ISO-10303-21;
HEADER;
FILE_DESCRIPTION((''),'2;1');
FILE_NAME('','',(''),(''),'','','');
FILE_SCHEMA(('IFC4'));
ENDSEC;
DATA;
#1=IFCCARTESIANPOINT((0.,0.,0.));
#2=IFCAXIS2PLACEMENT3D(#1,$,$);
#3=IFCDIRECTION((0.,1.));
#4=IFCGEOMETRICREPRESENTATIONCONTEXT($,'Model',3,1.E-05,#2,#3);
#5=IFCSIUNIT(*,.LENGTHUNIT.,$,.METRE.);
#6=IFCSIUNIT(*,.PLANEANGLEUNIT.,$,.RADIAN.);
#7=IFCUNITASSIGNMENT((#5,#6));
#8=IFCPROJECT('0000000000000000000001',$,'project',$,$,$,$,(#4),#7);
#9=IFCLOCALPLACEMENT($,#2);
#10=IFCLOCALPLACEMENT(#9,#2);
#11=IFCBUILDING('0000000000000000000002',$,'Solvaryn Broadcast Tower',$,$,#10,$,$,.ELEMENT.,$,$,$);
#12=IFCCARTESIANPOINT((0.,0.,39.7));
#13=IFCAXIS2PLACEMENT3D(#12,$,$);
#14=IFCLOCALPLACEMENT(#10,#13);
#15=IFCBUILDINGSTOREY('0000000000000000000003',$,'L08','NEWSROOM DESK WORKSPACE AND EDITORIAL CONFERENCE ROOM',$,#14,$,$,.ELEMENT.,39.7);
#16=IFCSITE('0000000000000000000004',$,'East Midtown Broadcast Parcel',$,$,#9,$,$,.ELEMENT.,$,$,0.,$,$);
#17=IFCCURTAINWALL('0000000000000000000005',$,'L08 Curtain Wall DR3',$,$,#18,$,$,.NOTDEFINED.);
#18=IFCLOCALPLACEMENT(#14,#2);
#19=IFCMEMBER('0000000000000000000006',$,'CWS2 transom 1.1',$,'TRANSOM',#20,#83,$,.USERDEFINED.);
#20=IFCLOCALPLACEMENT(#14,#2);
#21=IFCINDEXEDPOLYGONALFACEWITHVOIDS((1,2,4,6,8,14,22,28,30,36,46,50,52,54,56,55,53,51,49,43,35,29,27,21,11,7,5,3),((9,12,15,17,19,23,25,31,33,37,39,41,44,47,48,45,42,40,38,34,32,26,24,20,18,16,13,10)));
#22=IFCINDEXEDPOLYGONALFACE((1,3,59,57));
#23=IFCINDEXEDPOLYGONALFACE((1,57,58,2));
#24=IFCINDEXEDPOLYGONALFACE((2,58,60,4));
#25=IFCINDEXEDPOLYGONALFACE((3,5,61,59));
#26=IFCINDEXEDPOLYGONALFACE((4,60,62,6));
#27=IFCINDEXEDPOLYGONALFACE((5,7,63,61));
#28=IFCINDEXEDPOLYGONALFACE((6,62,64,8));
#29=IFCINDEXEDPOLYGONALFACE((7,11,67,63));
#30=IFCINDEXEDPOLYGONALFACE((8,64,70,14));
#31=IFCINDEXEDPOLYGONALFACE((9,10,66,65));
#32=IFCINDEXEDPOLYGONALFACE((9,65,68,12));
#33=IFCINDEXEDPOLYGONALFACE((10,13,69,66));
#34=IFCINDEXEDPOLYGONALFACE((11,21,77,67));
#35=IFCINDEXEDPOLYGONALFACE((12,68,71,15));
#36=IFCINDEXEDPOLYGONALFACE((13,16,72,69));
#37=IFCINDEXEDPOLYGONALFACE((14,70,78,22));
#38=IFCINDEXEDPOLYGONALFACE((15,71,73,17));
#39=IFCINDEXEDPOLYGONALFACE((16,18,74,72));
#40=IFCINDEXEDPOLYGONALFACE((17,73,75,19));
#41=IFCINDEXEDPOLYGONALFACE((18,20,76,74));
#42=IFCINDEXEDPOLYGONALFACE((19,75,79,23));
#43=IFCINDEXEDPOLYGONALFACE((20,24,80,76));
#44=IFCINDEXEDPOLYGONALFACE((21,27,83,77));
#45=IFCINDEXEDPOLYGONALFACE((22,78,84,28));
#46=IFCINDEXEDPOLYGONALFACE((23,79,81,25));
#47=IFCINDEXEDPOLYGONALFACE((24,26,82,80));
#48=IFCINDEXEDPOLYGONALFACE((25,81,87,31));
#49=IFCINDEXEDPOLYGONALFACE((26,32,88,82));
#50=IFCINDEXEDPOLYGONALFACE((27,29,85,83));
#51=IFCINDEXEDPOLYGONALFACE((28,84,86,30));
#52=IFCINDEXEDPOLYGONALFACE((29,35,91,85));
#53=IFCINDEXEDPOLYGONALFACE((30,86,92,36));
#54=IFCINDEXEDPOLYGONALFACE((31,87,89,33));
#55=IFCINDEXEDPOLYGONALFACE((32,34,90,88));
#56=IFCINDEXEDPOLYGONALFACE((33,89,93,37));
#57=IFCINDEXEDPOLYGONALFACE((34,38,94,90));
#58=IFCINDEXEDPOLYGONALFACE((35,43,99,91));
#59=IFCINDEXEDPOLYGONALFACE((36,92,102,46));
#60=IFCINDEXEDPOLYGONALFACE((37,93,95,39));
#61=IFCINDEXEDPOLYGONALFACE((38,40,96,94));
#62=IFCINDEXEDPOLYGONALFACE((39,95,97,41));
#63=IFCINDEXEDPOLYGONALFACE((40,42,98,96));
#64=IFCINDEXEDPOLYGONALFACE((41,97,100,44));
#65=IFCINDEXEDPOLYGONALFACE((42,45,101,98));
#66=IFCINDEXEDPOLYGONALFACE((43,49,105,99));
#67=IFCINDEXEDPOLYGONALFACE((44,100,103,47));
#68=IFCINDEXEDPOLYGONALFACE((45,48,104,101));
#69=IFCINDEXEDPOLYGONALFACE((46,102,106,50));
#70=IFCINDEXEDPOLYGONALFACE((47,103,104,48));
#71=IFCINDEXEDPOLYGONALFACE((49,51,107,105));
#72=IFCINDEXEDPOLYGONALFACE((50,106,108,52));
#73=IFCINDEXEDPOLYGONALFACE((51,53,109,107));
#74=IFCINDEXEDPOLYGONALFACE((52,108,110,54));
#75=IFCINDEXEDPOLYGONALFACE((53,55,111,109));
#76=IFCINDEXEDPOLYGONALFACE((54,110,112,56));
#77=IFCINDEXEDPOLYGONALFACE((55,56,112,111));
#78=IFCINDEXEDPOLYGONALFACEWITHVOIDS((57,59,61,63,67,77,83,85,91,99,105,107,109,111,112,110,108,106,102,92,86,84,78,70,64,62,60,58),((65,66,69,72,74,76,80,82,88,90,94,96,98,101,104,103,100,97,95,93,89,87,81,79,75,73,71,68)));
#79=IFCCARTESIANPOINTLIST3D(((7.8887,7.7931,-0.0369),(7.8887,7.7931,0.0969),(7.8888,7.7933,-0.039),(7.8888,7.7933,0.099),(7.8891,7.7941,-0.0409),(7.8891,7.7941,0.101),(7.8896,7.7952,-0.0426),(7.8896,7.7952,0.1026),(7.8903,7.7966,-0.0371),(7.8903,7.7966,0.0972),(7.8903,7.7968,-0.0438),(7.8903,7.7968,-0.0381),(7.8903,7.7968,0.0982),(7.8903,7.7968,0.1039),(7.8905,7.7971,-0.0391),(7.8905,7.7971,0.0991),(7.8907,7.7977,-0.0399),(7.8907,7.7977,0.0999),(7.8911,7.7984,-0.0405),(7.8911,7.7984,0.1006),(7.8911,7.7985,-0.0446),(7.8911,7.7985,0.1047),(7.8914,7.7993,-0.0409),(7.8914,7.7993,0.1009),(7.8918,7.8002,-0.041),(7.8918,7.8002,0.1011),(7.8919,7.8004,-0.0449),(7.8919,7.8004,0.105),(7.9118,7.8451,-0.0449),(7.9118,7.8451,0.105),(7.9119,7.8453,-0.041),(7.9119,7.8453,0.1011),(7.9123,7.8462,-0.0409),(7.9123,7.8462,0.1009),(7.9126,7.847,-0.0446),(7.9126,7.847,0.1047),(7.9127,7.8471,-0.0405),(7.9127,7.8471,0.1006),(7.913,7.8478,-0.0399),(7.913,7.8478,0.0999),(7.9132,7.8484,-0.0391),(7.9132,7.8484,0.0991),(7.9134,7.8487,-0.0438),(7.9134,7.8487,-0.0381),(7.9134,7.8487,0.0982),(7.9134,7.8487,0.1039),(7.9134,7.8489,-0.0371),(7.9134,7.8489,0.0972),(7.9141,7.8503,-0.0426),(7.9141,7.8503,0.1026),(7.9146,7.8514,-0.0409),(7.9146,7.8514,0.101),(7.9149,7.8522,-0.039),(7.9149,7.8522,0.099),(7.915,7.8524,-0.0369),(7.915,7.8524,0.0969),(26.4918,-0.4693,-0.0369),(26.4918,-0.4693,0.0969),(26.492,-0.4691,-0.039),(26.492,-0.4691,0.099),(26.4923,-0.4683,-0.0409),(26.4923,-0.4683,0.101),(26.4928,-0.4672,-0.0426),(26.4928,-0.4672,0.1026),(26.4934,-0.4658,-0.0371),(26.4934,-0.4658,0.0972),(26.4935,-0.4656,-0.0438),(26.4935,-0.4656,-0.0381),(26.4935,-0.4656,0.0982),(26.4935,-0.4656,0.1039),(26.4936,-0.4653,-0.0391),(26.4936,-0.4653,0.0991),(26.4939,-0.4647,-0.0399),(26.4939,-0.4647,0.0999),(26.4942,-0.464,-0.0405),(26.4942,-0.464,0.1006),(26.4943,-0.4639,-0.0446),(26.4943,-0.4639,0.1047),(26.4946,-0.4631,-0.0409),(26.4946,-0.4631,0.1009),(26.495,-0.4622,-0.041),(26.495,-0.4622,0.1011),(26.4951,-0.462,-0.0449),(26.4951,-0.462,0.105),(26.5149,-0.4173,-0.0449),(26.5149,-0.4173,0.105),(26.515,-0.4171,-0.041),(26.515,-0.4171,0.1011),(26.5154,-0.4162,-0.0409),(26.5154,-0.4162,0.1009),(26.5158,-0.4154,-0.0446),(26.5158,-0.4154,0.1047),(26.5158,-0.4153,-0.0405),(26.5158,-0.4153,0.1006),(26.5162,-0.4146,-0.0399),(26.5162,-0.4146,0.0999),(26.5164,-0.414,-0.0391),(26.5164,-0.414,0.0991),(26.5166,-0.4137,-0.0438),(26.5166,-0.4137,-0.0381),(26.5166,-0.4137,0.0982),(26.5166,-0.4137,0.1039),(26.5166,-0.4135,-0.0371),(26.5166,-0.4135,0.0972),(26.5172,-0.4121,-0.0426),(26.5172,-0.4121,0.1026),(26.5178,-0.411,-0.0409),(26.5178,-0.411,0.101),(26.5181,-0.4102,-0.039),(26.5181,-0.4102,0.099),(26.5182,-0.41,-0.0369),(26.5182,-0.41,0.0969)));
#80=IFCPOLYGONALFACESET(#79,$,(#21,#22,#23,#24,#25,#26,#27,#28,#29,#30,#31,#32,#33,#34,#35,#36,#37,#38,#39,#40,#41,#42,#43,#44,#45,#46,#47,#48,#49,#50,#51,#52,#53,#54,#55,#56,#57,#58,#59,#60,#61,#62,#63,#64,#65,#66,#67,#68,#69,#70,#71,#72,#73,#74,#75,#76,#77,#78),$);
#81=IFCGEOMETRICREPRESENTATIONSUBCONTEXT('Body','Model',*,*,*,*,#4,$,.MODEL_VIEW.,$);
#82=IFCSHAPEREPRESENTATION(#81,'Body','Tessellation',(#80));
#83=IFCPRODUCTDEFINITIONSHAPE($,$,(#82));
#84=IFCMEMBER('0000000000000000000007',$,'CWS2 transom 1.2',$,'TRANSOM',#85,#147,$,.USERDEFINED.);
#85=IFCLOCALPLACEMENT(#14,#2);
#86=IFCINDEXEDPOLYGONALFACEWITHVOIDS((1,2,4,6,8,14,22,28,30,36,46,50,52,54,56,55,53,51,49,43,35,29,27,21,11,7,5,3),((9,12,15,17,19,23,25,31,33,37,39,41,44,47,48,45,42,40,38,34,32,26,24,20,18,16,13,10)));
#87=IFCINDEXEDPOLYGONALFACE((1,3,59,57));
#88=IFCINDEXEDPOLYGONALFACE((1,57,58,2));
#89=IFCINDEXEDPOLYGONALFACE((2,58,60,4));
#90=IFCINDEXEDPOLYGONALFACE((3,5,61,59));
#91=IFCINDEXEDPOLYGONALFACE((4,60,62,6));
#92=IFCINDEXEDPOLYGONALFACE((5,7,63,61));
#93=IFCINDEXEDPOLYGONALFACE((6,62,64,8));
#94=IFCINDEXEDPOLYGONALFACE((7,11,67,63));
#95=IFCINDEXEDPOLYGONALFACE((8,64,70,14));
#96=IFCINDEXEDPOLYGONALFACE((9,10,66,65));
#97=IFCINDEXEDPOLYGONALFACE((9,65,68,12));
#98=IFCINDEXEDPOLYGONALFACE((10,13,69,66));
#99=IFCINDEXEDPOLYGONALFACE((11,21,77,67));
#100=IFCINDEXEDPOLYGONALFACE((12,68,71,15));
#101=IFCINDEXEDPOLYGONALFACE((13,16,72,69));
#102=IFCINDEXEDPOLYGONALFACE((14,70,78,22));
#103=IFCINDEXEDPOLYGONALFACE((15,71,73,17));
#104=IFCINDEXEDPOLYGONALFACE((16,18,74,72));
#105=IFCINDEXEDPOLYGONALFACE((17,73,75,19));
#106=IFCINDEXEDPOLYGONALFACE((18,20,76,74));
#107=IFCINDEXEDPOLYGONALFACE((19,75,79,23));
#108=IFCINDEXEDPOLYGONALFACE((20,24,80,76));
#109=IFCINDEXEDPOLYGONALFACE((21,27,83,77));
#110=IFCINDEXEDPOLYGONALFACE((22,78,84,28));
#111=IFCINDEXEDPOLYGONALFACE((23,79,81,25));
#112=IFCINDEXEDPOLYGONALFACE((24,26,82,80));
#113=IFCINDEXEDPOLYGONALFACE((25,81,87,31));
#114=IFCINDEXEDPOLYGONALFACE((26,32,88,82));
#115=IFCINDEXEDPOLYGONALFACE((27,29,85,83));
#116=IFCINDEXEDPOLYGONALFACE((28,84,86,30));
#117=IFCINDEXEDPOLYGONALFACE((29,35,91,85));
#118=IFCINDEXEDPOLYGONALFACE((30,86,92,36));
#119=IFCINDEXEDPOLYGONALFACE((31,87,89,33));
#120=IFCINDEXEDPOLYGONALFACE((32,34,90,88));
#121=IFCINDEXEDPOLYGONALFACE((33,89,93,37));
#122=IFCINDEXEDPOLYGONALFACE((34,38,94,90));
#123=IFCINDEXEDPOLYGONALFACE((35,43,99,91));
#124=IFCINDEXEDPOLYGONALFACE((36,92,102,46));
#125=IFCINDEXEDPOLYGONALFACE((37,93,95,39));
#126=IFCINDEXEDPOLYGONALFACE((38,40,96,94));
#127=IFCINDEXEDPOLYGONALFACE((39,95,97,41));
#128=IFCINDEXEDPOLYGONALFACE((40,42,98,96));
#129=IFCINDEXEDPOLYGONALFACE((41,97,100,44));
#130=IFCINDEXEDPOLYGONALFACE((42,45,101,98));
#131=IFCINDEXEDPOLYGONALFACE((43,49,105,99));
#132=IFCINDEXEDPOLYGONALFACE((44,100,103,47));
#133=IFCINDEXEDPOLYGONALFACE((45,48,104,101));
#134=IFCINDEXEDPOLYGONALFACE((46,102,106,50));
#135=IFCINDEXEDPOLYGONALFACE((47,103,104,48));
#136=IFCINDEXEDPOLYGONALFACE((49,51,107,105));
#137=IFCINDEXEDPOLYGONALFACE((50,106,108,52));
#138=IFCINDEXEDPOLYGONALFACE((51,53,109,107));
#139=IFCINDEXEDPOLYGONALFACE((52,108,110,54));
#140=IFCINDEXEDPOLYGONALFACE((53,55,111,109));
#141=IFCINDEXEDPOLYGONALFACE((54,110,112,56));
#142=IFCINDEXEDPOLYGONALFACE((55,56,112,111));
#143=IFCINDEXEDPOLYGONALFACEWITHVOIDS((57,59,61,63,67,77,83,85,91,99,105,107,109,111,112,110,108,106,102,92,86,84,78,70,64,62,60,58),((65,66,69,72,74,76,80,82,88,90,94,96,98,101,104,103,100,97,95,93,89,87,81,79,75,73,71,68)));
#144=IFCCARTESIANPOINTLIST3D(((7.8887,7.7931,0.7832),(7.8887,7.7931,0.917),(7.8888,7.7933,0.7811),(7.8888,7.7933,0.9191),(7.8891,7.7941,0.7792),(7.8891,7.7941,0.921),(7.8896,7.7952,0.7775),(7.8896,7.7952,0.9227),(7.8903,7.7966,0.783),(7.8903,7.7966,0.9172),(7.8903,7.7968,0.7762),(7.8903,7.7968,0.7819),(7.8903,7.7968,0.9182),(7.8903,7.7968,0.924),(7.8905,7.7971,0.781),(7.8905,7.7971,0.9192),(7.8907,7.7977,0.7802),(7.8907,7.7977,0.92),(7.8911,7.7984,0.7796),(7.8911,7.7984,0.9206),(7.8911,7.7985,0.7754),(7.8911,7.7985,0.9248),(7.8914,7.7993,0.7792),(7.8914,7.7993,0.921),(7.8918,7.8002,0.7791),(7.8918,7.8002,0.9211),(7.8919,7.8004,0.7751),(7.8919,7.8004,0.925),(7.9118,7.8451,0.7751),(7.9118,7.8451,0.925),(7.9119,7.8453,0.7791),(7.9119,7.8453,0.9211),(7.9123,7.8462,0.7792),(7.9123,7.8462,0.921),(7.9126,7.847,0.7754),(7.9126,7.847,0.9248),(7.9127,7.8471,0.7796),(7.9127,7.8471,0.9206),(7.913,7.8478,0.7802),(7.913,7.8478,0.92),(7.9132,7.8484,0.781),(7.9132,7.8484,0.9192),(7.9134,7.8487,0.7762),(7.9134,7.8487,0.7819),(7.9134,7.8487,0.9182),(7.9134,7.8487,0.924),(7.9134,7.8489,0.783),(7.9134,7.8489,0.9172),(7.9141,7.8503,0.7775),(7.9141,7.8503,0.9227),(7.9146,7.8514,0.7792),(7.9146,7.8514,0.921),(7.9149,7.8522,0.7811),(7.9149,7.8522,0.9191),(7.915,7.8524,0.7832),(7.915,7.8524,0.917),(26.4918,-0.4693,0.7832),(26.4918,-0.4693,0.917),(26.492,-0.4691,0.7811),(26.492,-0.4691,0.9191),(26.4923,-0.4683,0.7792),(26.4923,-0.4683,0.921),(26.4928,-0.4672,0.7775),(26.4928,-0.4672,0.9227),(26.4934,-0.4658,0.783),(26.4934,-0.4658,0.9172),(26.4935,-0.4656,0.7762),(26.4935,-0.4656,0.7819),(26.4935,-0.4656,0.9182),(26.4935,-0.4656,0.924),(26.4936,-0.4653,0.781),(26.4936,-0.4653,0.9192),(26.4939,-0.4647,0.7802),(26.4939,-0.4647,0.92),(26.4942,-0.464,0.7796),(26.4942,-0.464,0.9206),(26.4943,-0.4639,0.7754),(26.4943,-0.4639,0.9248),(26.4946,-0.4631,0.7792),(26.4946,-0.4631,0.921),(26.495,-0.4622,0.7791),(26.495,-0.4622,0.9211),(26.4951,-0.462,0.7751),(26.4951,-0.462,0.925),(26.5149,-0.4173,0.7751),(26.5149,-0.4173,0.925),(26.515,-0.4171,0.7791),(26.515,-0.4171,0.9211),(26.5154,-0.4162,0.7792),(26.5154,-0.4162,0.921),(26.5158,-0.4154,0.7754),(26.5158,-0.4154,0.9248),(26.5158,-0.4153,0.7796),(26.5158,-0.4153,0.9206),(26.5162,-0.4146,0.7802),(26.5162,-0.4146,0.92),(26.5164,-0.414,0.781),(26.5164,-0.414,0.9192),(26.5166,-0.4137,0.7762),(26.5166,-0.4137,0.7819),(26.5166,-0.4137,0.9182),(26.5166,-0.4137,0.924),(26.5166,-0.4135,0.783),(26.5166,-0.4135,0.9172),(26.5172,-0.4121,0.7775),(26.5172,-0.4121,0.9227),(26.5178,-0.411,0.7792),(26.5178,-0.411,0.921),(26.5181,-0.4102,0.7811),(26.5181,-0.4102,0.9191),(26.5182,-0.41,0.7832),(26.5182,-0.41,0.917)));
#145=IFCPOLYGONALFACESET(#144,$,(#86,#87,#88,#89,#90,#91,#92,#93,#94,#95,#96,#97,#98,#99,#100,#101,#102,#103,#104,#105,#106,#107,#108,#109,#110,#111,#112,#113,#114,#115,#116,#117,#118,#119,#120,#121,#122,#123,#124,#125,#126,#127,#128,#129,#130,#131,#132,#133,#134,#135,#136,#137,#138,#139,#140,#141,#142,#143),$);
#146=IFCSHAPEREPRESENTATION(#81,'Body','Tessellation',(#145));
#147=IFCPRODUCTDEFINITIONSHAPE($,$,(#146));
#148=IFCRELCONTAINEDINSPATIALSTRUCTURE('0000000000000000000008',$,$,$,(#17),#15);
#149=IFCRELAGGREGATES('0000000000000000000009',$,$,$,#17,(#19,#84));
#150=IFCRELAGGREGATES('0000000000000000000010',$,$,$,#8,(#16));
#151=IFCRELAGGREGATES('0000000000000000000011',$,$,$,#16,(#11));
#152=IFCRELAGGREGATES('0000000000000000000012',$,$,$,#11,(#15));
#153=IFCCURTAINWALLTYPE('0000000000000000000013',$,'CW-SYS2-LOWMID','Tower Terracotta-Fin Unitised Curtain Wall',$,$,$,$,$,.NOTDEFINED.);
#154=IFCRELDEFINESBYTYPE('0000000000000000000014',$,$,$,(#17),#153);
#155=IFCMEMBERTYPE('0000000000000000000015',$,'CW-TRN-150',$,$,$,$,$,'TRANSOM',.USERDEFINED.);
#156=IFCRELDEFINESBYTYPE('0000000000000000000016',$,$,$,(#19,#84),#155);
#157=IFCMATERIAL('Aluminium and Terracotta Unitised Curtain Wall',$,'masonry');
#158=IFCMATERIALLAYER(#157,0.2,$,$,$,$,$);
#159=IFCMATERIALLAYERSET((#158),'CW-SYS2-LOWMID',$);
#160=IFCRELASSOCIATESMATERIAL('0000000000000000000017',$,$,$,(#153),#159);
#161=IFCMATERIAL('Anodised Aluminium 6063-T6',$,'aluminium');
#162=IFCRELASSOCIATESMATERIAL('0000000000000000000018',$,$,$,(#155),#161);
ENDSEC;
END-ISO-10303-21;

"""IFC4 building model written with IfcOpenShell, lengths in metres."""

from ifc_helpers import new_model, si_unit, direction, frame, origin, origin_2d, place, context, subcontext, project, spatial, hollow_rectangle, extrude, material, layer, layer_set, material_profile, profile_set, type_object, element, aggregate, save


model = new_model("IFC4")

# Units and contexts
model_context = context("Model", 3, precision=1e-05, world=origin(), true_north=direction((0.0, 1.0)))
body_context = subcontext(model_context, "Body", "Model", "MODEL_VIEW")
ifc_project = project(units=[si_unit("LENGTHUNIT", "METRE"), si_unit("PLANEANGLEUNIT", "RADIAN")], contexts=[model_context])

# Site, building, storey
site_placement = place(None, origin())
site = spatial("IfcSite", under=ifc_project, at=site_placement, Name="East Midtown Broadcast Parcel", CompositionType="ELEMENT", RefElevation=0.0)
building_placement = place(site_placement, origin())
building = spatial("IfcBuilding", under=site, at=building_placement, Name="Solvaryn Broadcast Tower", CompositionType="ELEMENT")
storey_placement = place(building_placement, frame((0.0, 0.0, 39.7)))
storey = spatial("IfcBuildingStorey", under=building, at=storey_placement, Name="L08", Description="NEWSROOM DESK WORKSPACE AND EDITORIAL CONFERENCE ROOM", CompositionType="ELEMENT", Elevation=39.7)

# Shared definitions
ifc_material_1 = material(Name="Aluminium and Terracotta Unitised Curtain Wall", Category="masonry")
ifc_layer_1 = layer(ifc_material_1, 0.2)
ifc_layer_set_1 = layer_set([ifc_layer_1], Name="CW-SYS2-LOWMID")
curtain_wall_type = type_object("IfcCurtainWallType", Name="CW-SYS2-LOWMID", Description="Tower Terracotta-Fin Unitised Curtain Wall", PredefinedType="NOTDEFINED", material=ifc_layer_set_1)

# Curtain wall, members
curtain_wall_1_placement = place(storey_placement, origin())
curtain_wall_1 = element("IfcCurtainWall", 1, at=curtain_wall_1_placement, inside=storey, type_object=curtain_wall_type, Name="L08 Curtain Wall DR3", PredefinedType="NOTDEFINED")
ifc_material_2 = material(Name="Anodised Aluminium 6063-T6", Category="aluminium")
ifc_material_profile_1 = material_profile(ifc_material_2, hollow_rectangle(XDim=0.0649, YDim=0.1499, WallThickness=0.0039, InnerFilletRadius=0.0039, OuterFilletRadius=0.0081, at=origin_2d()))
ifc_profile_set_1 = profile_set([ifc_material_profile_1], Name="Anodised Aluminium 6063-T6")
member_type_1 = type_object("IfcMemberType", Name="CW-TRN-150", ElementType="TRANSOM", PredefinedType="USERDEFINED", material=ifc_profile_set_1)
member_1_placement = place(storey_placement, frame((7.9019, 7.8228, 0.03), z_axis=(0.913915, -0.405906, 0.0), x_axis=(0.405906, 0.913915, 0.0)))
member_1 = element("IfcMember", 2, at=member_1_placement, type_object=member_type_1, Name="CWS2 transom 1.1", ObjectType="TRANSOM", PredefinedType="USERDEFINED", context=body_context, shape_type="SweptSolid", body=[
    extrude(hollow_rectangle(XDim=0.0649, YDim=0.1499, WallThickness=0.0039, InnerFilletRadius=0.0039, OuterFilletRadius=0.0081, at=origin_2d()), origin(), (0.0, 0.0, 1.0), 20.3555),
])
member_2_placement = place(storey_placement, frame((7.9019, 7.8228, 0.8501), z_axis=(0.913915, -0.405906, 0.0), x_axis=(0.405906, 0.913915, 0.0)))
member_2 = element("IfcMember", 3, at=member_2_placement, type_object=member_type_1, Name="CWS2 transom 1.2", ObjectType="TRANSOM", PredefinedType="USERDEFINED", context=body_context, shape_type="SweptSolid", body=[
    extrude(hollow_rectangle(XDim=0.0649, YDim=0.1499, WallThickness=0.0039, InnerFilletRadius=0.0039, OuterFilletRadius=0.0081, at=origin_2d()), origin(), (0.0, 0.0, 1.0), 20.3555),
])
aggregate(curtain_wall_1, [member_1, member_2])

save(model, "model.ifc")
